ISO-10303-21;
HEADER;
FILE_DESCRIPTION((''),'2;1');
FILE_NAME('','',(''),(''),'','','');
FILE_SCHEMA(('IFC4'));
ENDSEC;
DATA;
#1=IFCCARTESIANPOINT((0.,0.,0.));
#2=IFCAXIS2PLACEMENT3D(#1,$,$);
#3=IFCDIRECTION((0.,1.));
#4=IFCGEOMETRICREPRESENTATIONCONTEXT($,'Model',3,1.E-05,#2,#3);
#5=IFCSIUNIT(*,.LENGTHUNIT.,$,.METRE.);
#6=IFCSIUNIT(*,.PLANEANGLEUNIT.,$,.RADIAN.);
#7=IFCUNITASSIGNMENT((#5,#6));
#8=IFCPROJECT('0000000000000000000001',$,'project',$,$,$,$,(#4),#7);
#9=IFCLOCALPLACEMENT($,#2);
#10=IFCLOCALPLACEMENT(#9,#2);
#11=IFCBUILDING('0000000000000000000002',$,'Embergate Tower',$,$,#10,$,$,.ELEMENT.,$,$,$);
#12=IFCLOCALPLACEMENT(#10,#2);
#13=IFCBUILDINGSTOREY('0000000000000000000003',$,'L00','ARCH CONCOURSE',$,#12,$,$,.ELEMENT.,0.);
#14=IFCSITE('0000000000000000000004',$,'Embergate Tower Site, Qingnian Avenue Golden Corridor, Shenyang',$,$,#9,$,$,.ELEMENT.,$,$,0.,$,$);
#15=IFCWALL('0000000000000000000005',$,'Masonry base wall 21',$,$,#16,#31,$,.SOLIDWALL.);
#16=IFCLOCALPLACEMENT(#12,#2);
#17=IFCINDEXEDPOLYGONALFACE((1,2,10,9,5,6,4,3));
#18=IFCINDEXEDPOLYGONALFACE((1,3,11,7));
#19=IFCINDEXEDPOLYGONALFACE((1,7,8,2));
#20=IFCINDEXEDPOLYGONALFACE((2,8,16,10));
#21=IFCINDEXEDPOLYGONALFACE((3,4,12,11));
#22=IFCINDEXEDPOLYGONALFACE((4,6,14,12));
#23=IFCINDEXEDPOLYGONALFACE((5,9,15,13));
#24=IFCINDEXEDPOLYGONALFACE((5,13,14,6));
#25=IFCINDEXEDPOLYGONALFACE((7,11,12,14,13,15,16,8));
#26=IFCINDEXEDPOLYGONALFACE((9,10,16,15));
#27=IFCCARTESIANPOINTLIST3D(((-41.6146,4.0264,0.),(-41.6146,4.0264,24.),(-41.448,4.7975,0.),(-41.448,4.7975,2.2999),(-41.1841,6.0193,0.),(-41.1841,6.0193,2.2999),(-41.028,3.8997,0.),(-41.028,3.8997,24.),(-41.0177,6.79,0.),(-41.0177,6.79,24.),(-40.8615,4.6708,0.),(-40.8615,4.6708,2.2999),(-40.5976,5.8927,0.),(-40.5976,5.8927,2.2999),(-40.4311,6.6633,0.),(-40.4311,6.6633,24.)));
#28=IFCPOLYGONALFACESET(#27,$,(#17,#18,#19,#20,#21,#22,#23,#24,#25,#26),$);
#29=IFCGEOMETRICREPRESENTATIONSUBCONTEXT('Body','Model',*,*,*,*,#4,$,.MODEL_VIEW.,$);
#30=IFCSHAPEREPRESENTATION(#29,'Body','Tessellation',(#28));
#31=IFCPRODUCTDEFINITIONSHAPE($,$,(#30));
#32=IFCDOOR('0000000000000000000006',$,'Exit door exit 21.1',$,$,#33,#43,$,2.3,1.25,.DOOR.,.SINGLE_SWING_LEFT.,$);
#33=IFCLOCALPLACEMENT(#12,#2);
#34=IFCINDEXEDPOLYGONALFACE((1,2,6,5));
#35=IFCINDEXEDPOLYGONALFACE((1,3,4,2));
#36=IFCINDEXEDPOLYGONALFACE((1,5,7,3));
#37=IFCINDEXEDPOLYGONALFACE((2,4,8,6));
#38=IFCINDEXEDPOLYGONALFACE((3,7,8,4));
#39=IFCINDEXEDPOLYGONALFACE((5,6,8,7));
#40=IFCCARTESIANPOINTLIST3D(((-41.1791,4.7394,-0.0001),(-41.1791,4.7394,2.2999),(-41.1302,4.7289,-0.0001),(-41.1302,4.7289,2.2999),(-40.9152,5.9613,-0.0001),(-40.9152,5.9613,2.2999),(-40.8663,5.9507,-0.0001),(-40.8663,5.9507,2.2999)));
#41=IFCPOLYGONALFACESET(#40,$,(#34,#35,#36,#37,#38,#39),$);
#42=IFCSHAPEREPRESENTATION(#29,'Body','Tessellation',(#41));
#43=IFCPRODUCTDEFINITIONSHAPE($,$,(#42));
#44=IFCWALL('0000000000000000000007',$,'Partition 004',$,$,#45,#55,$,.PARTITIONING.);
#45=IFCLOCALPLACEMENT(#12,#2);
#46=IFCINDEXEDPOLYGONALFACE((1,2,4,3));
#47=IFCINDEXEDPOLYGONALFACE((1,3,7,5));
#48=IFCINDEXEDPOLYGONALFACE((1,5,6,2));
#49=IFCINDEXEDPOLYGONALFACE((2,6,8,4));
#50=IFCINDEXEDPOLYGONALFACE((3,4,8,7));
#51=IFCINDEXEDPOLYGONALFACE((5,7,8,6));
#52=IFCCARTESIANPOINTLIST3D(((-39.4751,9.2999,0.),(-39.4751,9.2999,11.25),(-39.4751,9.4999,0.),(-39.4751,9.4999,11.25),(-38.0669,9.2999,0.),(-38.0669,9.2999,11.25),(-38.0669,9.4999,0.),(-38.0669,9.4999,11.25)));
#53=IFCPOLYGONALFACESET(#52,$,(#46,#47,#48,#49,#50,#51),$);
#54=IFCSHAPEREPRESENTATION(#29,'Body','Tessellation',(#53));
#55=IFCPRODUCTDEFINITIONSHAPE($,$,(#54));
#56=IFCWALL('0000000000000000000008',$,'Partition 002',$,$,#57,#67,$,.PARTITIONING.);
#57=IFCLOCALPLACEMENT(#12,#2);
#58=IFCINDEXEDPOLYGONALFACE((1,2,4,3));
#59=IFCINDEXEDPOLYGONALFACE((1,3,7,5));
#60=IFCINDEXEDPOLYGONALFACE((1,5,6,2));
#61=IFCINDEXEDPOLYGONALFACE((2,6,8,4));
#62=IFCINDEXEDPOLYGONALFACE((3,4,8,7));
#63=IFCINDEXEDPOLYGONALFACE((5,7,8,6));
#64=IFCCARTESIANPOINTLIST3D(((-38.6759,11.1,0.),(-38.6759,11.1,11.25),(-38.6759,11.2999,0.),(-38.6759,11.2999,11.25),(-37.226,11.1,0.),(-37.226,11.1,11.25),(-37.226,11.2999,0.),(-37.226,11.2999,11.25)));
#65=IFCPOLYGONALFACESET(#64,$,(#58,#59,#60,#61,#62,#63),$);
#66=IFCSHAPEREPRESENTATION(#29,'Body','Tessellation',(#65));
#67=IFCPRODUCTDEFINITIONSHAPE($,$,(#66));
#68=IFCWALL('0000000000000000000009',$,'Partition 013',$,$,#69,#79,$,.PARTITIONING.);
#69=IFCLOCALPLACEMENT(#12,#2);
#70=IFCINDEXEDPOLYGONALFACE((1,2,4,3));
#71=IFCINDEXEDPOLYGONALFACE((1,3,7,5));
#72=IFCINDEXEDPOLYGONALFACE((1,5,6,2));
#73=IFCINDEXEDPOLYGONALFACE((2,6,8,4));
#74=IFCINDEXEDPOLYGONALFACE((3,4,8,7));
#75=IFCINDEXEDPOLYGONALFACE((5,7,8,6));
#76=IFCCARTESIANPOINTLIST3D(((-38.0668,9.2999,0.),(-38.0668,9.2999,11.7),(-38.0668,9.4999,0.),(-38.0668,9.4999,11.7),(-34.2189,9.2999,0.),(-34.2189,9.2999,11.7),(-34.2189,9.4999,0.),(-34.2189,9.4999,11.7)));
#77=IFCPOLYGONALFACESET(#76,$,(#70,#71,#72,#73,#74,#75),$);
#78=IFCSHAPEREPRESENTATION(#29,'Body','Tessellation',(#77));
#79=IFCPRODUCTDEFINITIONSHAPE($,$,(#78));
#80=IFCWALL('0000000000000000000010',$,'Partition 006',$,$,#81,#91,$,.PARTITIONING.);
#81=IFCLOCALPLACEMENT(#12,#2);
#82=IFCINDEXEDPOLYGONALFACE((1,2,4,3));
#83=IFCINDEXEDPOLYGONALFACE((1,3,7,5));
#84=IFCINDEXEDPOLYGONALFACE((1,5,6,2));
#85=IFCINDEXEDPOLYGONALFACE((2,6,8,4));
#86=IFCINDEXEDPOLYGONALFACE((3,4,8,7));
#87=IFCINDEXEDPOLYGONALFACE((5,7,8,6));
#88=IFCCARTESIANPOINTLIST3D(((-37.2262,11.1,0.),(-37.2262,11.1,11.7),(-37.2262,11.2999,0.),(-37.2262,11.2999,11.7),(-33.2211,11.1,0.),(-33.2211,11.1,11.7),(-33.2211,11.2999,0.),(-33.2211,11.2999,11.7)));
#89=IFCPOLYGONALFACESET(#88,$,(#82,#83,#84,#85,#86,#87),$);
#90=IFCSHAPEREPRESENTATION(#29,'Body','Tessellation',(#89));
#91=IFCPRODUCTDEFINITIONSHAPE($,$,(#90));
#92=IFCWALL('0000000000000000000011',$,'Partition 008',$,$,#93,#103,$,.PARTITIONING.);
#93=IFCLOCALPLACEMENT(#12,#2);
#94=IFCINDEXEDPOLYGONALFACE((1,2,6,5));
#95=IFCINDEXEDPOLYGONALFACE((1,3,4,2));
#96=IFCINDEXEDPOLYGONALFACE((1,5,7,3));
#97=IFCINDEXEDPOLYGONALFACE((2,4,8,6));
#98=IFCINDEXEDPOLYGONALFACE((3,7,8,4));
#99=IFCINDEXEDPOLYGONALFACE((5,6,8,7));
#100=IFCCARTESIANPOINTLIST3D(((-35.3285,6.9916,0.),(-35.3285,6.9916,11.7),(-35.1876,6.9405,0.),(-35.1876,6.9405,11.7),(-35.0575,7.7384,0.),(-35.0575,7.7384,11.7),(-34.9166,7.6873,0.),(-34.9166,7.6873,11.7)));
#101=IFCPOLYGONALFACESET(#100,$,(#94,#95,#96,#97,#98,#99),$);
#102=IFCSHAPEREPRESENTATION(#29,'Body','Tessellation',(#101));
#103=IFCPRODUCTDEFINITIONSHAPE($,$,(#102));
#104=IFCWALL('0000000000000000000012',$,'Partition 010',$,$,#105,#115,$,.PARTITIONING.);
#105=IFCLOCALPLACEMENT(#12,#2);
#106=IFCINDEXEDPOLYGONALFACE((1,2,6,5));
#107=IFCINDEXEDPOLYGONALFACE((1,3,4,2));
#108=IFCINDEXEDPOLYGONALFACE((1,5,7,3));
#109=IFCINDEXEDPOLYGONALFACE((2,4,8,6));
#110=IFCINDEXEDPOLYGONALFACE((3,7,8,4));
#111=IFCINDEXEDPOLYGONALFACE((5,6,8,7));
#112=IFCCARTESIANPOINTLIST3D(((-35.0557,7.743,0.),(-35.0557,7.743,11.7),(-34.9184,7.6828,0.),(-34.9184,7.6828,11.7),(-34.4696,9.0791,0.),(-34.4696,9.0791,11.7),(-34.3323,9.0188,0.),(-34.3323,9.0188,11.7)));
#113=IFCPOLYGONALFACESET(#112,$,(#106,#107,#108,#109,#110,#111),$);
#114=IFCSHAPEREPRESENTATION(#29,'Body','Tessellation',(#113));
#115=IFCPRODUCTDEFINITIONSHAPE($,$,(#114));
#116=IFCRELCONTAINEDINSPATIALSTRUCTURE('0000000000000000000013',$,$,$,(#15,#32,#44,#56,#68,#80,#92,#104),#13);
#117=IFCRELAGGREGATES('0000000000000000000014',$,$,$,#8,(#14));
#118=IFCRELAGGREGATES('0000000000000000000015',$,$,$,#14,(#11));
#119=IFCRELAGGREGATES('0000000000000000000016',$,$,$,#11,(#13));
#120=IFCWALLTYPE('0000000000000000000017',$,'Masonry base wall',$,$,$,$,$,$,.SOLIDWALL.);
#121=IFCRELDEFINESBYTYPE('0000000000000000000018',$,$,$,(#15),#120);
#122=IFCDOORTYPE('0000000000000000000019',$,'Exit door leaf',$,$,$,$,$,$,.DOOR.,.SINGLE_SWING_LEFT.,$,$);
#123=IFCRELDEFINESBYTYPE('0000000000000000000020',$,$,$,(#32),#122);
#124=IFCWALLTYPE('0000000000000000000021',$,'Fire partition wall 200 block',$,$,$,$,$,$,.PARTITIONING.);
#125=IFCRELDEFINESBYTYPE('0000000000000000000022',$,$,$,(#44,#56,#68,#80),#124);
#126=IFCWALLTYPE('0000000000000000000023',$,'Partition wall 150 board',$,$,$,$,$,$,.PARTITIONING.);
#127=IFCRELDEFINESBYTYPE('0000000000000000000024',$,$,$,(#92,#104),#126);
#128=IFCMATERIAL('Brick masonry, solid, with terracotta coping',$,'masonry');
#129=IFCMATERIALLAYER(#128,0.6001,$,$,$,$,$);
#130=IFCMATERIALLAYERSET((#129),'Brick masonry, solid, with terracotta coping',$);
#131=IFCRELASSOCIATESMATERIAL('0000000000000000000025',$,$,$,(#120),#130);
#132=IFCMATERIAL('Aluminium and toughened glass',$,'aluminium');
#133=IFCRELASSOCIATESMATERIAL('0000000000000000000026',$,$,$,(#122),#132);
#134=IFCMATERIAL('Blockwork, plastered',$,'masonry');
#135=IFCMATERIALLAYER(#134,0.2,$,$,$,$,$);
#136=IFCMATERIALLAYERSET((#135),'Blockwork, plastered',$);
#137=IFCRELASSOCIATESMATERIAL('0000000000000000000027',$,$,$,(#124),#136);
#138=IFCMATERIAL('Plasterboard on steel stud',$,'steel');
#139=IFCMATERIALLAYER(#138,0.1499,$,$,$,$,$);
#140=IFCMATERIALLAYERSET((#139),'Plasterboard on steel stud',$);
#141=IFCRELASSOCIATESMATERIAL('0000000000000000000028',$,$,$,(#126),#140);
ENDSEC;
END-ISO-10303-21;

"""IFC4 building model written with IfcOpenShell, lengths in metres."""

from ifc_helpers import new_model, si_unit, direction, frame, frame_2d, origin, place, context, subcontext, project, spatial, rectangle, extrude, source, transform, mapped, material, layer, layer_set, type_object, element, fill, save


model = new_model("IFC4")

# Units and contexts
model_context = context("Model", 3, precision=1e-05, world=origin(), true_north=direction((0.0, 1.0)))
body_context = subcontext(model_context, "Body", "Model", "MODEL_VIEW")
ifc_project = project(units=[si_unit("LENGTHUNIT", "METRE"), si_unit("PLANEANGLEUNIT", "RADIAN")], contexts=[model_context])

# Site, building, storey
site_placement = place(None, origin())
site = spatial("IfcSite", under=ifc_project, at=site_placement, Name="Embergate Tower Site, Qingnian Avenue Golden Corridor, Shenyang", CompositionType="ELEMENT", RefElevation=0.0)
building_placement = place(site_placement, origin())
building = spatial("IfcBuilding", under=site, at=building_placement, Name="Embergate Tower", CompositionType="ELEMENT")
storey_placement = place(building_placement, origin())
storey = spatial("IfcBuildingStorey", under=building, at=storey_placement, Name="L00", Description="ARCH CONCOURSE", CompositionType="ELEMENT", Elevation=0.0)

# Wall, opening, door
ifc_material_1 = material(Name="Brick masonry, solid, with terracotta coping", Category="masonry")
ifc_layer_1 = layer(ifc_material_1, 0.6001)
ifc_layer_set_1 = layer_set([ifc_layer_1], Name="Brick masonry, solid, with terracotta coping")
wall_type_1 = type_object("IfcWallType", Name="Masonry base wall", PredefinedType="SOLIDWALL", material=ifc_layer_set_1)
shared_shape_1 = source(origin(), body_context, "Body", "SweptSolid", [
    extrude(rectangle(XDim=1.25, YDim=2.3, at=frame_2d((0.625, 1.1499))), frame((0.0, 0.3101, 0.0), z_axis=(0.0, -1.0, 0.0), x_axis=(1.0, 0.0, 0.0)), (0.0, 0.0, 1.0), 0.6201),
])
ifc_material_2 = material(Name="Aluminium and toughened glass", Category="aluminium")
door_type = type_object("IfcDoorType", Name="Exit door leaf", OperationType="SINGLE_SWING_LEFT", PredefinedType="DOOR", material=ifc_material_2)
shared_shape_2 = source(origin(), body_context, "Body", "SweptSolid", [
    extrude(rectangle(XDim=1.25, YDim=2.3, at=frame_2d((0.625, 1.1499))), frame((0.0, 0.0249, 0.0), z_axis=(0.0, -1.0, 0.0), x_axis=(1.0, 0.0, 0.0)), (0.0, 0.0, 1.0), 0.05),
])
shared_shape_3 = source(origin(), body_context, "Body", "SweptSolid", [
    extrude(rectangle(XDim=2.8274, YDim=0.6001, at=frame_2d((1.4136, 0.0))), origin(), (0.0, 0.0, 1.0), 24.0),
])
wall_1_placement = place(storey_placement, frame((-41.3213, 3.9631, 0.0), z_axis=(0.0, 0.0, 1.0), x_axis=(0.211121, 0.97746, 0.0)))
wall_1 = element("IfcWall", 1, at=wall_1_placement, inside=storey, type_object=wall_type_1, Name="Masonry base wall 21", PredefinedType="SOLIDWALL", context=body_context, shape_type="MappedRepresentation", body=[
    mapped(shared_shape_3, transform((0.0, 0.0, 0.0))),
])
opening_1_placement = place(wall_1_placement, frame((0.7888, 0.0, 0.0)))
opening_1 = element("IfcOpeningElement", 2, at=opening_1_placement, cuts=wall_1, PredefinedType="OPENING", context=body_context, shape_type="MappedRepresentation", body=[
    mapped(shared_shape_1, transform((0.0, 0.0, 0.0))),
])
door_1_placement = place(opening_1_placement, origin())
door_1 = element("IfcDoor", 3, at=door_1_placement, inside=storey, type_object=door_type, Name="Exit door exit 21.1", OperationType="SINGLE_SWING_LEFT", OverallHeight=2.3, OverallWidth=1.25, PredefinedType="DOOR", context=body_context, shape_type="MappedRepresentation", body=[
    mapped(shared_shape_2, transform((0.0, 0.0, 0.0))),
])
fill(opening_1, door_1)

# Walls
ifc_material_3 = material(Name="Blockwork, plastered", Category="masonry")
ifc_layer_2 = layer(ifc_material_3, 0.2)
ifc_layer_set_2 = layer_set([ifc_layer_2], Name="Blockwork, plastered")
wall_type_2 = type_object("IfcWallType", Name="Fire partition wall 200 block", PredefinedType="PARTITIONING", material=ifc_layer_set_2)
shared_shape_4 = source(origin(), body_context, "Body", "SweptSolid", [
    extrude(rectangle(XDim=1.4082, YDim=0.2, at=frame_2d((0.7041, 0.0))), origin(), (0.0, 0.0, 1.0), 11.25),
])
wall_2_placement = place(storey_placement, frame((-38.0669, 9.3999, 0.0), z_axis=(0.0, 0.0, 1.0), x_axis=(-1.0, 0.0, 0.0)))
element("IfcWall", 4, at=wall_2_placement, inside=storey, type_object=wall_type_2, Name="Partition 004", PredefinedType="PARTITIONING", context=body_context, shape_type="MappedRepresentation", body=[
    mapped(shared_shape_4, transform((0.0, 0.0, 0.0))),
])
shared_shape_5 = source(origin(), body_context, "Body", "SweptSolid", [
    extrude(rectangle(XDim=1.45, YDim=0.2, at=frame_2d((0.7251, 0.0))), origin(), (0.0, 0.0, 1.0), 11.25),
])
wall_3_placement = place(storey_placement, frame((-38.676, 11.2, 0.0), z_axis=(0.0, 0.0, 1.0), x_axis=(1.0, 0.0, 0.0)))
element("IfcWall", 5, at=wall_3_placement, inside=storey, type_object=wall_type_2, Name="Partition 002", PredefinedType="PARTITIONING", context=body_context, shape_type="MappedRepresentation", body=[
    mapped(shared_shape_5, transform((0.0, 0.0, 0.0))),
])
shared_shape_6 = source(origin(), body_context, "Body", "SweptSolid", [
    extrude(rectangle(XDim=3.8479, YDim=0.2, at=frame_2d((1.9238, 0.0))), origin(), (0.0, 0.0, 1.0), 11.7),
])
wall_4_placement = place(storey_placement, frame((-34.219, 9.3999, 0.0), z_axis=(0.0, 0.0, 1.0), x_axis=(-1.0, 0.0, 0.0)))
element("IfcWall", 6, at=wall_4_placement, inside=storey, type_object=wall_type_2, Name="Partition 013", PredefinedType="PARTITIONING", context=body_context, shape_type="MappedRepresentation", body=[
    mapped(shared_shape_6, transform((0.0, 0.0, 0.0))),
])
shared_shape_7 = source(origin(), body_context, "Body", "SweptSolid", [
    extrude(rectangle(XDim=4.0051, YDim=0.2, at=frame_2d((2.0024, 0.0))), origin(), (0.0, 0.0, 1.0), 11.7),
])
wall_5_placement = place(storey_placement, frame((-37.2261, 11.2, 0.0), z_axis=(0.0, 0.0, 1.0), x_axis=(1.0, 0.0, 0.0)))
element("IfcWall", 7, at=wall_5_placement, inside=storey, type_object=wall_type_2, Name="Partition 006", PredefinedType="PARTITIONING", context=body_context, shape_type="MappedRepresentation", body=[
    mapped(shared_shape_7, transform((0.0, 0.0, 0.0))),
])
ifc_material_4 = material(Name="Plasterboard on steel stud", Category="steel")
ifc_layer_3 = layer(ifc_material_4, 0.1499)
ifc_layer_set_3 = layer_set([ifc_layer_3], Name="Plasterboard on steel stud")
wall_type_3 = type_object("IfcWallType", Name="Partition wall 150 board", PredefinedType="PARTITIONING", material=ifc_layer_set_3)
shared_shape_8 = source(origin(), body_context, "Body", "SweptSolid", [
    extrude(rectangle(XDim=0.7944, YDim=0.1499, at=frame_2d((0.3972, 0.0))), origin(), (0.0, 0.0, 1.0), 11.7),
])
wall_6_placement = place(storey_placement, frame((-35.2581, 6.9661, 0.0), z_axis=(0.0, 0.0, 1.0), x_axis=(0.341101, 0.940026, 0.0)))
element("IfcWall", 8, at=wall_6_placement, inside=storey, type_object=wall_type_3, Name="Partition 008", PredefinedType="PARTITIONING", context=body_context, shape_type="MappedRepresentation", body=[
    mapped(shared_shape_8, transform((0.0, 0.0, 0.0))),
])
shared_shape_9 = source(origin(), body_context, "Body", "SweptSolid", [
    extrude(rectangle(XDim=1.459, YDim=0.1499, at=frame_2d((0.7295, 0.0))), origin(), (0.0, 0.0, 1.0), 11.7),
])
wall_7_placement = place(storey_placement, frame((-34.9871, 7.7129, 0.0), z_axis=(0.0, 0.0, 1.0), x_axis=(0.40174, 0.915754, 0.0)))
element("IfcWall", 9, at=wall_7_placement, inside=storey, type_object=wall_type_3, Name="Partition 010", PredefinedType="PARTITIONING", context=body_context, shape_type="MappedRepresentation", body=[
    mapped(shared_shape_9, transform((0.0, 0.0, 0.0))),
])

save(model, "model.ifc")
